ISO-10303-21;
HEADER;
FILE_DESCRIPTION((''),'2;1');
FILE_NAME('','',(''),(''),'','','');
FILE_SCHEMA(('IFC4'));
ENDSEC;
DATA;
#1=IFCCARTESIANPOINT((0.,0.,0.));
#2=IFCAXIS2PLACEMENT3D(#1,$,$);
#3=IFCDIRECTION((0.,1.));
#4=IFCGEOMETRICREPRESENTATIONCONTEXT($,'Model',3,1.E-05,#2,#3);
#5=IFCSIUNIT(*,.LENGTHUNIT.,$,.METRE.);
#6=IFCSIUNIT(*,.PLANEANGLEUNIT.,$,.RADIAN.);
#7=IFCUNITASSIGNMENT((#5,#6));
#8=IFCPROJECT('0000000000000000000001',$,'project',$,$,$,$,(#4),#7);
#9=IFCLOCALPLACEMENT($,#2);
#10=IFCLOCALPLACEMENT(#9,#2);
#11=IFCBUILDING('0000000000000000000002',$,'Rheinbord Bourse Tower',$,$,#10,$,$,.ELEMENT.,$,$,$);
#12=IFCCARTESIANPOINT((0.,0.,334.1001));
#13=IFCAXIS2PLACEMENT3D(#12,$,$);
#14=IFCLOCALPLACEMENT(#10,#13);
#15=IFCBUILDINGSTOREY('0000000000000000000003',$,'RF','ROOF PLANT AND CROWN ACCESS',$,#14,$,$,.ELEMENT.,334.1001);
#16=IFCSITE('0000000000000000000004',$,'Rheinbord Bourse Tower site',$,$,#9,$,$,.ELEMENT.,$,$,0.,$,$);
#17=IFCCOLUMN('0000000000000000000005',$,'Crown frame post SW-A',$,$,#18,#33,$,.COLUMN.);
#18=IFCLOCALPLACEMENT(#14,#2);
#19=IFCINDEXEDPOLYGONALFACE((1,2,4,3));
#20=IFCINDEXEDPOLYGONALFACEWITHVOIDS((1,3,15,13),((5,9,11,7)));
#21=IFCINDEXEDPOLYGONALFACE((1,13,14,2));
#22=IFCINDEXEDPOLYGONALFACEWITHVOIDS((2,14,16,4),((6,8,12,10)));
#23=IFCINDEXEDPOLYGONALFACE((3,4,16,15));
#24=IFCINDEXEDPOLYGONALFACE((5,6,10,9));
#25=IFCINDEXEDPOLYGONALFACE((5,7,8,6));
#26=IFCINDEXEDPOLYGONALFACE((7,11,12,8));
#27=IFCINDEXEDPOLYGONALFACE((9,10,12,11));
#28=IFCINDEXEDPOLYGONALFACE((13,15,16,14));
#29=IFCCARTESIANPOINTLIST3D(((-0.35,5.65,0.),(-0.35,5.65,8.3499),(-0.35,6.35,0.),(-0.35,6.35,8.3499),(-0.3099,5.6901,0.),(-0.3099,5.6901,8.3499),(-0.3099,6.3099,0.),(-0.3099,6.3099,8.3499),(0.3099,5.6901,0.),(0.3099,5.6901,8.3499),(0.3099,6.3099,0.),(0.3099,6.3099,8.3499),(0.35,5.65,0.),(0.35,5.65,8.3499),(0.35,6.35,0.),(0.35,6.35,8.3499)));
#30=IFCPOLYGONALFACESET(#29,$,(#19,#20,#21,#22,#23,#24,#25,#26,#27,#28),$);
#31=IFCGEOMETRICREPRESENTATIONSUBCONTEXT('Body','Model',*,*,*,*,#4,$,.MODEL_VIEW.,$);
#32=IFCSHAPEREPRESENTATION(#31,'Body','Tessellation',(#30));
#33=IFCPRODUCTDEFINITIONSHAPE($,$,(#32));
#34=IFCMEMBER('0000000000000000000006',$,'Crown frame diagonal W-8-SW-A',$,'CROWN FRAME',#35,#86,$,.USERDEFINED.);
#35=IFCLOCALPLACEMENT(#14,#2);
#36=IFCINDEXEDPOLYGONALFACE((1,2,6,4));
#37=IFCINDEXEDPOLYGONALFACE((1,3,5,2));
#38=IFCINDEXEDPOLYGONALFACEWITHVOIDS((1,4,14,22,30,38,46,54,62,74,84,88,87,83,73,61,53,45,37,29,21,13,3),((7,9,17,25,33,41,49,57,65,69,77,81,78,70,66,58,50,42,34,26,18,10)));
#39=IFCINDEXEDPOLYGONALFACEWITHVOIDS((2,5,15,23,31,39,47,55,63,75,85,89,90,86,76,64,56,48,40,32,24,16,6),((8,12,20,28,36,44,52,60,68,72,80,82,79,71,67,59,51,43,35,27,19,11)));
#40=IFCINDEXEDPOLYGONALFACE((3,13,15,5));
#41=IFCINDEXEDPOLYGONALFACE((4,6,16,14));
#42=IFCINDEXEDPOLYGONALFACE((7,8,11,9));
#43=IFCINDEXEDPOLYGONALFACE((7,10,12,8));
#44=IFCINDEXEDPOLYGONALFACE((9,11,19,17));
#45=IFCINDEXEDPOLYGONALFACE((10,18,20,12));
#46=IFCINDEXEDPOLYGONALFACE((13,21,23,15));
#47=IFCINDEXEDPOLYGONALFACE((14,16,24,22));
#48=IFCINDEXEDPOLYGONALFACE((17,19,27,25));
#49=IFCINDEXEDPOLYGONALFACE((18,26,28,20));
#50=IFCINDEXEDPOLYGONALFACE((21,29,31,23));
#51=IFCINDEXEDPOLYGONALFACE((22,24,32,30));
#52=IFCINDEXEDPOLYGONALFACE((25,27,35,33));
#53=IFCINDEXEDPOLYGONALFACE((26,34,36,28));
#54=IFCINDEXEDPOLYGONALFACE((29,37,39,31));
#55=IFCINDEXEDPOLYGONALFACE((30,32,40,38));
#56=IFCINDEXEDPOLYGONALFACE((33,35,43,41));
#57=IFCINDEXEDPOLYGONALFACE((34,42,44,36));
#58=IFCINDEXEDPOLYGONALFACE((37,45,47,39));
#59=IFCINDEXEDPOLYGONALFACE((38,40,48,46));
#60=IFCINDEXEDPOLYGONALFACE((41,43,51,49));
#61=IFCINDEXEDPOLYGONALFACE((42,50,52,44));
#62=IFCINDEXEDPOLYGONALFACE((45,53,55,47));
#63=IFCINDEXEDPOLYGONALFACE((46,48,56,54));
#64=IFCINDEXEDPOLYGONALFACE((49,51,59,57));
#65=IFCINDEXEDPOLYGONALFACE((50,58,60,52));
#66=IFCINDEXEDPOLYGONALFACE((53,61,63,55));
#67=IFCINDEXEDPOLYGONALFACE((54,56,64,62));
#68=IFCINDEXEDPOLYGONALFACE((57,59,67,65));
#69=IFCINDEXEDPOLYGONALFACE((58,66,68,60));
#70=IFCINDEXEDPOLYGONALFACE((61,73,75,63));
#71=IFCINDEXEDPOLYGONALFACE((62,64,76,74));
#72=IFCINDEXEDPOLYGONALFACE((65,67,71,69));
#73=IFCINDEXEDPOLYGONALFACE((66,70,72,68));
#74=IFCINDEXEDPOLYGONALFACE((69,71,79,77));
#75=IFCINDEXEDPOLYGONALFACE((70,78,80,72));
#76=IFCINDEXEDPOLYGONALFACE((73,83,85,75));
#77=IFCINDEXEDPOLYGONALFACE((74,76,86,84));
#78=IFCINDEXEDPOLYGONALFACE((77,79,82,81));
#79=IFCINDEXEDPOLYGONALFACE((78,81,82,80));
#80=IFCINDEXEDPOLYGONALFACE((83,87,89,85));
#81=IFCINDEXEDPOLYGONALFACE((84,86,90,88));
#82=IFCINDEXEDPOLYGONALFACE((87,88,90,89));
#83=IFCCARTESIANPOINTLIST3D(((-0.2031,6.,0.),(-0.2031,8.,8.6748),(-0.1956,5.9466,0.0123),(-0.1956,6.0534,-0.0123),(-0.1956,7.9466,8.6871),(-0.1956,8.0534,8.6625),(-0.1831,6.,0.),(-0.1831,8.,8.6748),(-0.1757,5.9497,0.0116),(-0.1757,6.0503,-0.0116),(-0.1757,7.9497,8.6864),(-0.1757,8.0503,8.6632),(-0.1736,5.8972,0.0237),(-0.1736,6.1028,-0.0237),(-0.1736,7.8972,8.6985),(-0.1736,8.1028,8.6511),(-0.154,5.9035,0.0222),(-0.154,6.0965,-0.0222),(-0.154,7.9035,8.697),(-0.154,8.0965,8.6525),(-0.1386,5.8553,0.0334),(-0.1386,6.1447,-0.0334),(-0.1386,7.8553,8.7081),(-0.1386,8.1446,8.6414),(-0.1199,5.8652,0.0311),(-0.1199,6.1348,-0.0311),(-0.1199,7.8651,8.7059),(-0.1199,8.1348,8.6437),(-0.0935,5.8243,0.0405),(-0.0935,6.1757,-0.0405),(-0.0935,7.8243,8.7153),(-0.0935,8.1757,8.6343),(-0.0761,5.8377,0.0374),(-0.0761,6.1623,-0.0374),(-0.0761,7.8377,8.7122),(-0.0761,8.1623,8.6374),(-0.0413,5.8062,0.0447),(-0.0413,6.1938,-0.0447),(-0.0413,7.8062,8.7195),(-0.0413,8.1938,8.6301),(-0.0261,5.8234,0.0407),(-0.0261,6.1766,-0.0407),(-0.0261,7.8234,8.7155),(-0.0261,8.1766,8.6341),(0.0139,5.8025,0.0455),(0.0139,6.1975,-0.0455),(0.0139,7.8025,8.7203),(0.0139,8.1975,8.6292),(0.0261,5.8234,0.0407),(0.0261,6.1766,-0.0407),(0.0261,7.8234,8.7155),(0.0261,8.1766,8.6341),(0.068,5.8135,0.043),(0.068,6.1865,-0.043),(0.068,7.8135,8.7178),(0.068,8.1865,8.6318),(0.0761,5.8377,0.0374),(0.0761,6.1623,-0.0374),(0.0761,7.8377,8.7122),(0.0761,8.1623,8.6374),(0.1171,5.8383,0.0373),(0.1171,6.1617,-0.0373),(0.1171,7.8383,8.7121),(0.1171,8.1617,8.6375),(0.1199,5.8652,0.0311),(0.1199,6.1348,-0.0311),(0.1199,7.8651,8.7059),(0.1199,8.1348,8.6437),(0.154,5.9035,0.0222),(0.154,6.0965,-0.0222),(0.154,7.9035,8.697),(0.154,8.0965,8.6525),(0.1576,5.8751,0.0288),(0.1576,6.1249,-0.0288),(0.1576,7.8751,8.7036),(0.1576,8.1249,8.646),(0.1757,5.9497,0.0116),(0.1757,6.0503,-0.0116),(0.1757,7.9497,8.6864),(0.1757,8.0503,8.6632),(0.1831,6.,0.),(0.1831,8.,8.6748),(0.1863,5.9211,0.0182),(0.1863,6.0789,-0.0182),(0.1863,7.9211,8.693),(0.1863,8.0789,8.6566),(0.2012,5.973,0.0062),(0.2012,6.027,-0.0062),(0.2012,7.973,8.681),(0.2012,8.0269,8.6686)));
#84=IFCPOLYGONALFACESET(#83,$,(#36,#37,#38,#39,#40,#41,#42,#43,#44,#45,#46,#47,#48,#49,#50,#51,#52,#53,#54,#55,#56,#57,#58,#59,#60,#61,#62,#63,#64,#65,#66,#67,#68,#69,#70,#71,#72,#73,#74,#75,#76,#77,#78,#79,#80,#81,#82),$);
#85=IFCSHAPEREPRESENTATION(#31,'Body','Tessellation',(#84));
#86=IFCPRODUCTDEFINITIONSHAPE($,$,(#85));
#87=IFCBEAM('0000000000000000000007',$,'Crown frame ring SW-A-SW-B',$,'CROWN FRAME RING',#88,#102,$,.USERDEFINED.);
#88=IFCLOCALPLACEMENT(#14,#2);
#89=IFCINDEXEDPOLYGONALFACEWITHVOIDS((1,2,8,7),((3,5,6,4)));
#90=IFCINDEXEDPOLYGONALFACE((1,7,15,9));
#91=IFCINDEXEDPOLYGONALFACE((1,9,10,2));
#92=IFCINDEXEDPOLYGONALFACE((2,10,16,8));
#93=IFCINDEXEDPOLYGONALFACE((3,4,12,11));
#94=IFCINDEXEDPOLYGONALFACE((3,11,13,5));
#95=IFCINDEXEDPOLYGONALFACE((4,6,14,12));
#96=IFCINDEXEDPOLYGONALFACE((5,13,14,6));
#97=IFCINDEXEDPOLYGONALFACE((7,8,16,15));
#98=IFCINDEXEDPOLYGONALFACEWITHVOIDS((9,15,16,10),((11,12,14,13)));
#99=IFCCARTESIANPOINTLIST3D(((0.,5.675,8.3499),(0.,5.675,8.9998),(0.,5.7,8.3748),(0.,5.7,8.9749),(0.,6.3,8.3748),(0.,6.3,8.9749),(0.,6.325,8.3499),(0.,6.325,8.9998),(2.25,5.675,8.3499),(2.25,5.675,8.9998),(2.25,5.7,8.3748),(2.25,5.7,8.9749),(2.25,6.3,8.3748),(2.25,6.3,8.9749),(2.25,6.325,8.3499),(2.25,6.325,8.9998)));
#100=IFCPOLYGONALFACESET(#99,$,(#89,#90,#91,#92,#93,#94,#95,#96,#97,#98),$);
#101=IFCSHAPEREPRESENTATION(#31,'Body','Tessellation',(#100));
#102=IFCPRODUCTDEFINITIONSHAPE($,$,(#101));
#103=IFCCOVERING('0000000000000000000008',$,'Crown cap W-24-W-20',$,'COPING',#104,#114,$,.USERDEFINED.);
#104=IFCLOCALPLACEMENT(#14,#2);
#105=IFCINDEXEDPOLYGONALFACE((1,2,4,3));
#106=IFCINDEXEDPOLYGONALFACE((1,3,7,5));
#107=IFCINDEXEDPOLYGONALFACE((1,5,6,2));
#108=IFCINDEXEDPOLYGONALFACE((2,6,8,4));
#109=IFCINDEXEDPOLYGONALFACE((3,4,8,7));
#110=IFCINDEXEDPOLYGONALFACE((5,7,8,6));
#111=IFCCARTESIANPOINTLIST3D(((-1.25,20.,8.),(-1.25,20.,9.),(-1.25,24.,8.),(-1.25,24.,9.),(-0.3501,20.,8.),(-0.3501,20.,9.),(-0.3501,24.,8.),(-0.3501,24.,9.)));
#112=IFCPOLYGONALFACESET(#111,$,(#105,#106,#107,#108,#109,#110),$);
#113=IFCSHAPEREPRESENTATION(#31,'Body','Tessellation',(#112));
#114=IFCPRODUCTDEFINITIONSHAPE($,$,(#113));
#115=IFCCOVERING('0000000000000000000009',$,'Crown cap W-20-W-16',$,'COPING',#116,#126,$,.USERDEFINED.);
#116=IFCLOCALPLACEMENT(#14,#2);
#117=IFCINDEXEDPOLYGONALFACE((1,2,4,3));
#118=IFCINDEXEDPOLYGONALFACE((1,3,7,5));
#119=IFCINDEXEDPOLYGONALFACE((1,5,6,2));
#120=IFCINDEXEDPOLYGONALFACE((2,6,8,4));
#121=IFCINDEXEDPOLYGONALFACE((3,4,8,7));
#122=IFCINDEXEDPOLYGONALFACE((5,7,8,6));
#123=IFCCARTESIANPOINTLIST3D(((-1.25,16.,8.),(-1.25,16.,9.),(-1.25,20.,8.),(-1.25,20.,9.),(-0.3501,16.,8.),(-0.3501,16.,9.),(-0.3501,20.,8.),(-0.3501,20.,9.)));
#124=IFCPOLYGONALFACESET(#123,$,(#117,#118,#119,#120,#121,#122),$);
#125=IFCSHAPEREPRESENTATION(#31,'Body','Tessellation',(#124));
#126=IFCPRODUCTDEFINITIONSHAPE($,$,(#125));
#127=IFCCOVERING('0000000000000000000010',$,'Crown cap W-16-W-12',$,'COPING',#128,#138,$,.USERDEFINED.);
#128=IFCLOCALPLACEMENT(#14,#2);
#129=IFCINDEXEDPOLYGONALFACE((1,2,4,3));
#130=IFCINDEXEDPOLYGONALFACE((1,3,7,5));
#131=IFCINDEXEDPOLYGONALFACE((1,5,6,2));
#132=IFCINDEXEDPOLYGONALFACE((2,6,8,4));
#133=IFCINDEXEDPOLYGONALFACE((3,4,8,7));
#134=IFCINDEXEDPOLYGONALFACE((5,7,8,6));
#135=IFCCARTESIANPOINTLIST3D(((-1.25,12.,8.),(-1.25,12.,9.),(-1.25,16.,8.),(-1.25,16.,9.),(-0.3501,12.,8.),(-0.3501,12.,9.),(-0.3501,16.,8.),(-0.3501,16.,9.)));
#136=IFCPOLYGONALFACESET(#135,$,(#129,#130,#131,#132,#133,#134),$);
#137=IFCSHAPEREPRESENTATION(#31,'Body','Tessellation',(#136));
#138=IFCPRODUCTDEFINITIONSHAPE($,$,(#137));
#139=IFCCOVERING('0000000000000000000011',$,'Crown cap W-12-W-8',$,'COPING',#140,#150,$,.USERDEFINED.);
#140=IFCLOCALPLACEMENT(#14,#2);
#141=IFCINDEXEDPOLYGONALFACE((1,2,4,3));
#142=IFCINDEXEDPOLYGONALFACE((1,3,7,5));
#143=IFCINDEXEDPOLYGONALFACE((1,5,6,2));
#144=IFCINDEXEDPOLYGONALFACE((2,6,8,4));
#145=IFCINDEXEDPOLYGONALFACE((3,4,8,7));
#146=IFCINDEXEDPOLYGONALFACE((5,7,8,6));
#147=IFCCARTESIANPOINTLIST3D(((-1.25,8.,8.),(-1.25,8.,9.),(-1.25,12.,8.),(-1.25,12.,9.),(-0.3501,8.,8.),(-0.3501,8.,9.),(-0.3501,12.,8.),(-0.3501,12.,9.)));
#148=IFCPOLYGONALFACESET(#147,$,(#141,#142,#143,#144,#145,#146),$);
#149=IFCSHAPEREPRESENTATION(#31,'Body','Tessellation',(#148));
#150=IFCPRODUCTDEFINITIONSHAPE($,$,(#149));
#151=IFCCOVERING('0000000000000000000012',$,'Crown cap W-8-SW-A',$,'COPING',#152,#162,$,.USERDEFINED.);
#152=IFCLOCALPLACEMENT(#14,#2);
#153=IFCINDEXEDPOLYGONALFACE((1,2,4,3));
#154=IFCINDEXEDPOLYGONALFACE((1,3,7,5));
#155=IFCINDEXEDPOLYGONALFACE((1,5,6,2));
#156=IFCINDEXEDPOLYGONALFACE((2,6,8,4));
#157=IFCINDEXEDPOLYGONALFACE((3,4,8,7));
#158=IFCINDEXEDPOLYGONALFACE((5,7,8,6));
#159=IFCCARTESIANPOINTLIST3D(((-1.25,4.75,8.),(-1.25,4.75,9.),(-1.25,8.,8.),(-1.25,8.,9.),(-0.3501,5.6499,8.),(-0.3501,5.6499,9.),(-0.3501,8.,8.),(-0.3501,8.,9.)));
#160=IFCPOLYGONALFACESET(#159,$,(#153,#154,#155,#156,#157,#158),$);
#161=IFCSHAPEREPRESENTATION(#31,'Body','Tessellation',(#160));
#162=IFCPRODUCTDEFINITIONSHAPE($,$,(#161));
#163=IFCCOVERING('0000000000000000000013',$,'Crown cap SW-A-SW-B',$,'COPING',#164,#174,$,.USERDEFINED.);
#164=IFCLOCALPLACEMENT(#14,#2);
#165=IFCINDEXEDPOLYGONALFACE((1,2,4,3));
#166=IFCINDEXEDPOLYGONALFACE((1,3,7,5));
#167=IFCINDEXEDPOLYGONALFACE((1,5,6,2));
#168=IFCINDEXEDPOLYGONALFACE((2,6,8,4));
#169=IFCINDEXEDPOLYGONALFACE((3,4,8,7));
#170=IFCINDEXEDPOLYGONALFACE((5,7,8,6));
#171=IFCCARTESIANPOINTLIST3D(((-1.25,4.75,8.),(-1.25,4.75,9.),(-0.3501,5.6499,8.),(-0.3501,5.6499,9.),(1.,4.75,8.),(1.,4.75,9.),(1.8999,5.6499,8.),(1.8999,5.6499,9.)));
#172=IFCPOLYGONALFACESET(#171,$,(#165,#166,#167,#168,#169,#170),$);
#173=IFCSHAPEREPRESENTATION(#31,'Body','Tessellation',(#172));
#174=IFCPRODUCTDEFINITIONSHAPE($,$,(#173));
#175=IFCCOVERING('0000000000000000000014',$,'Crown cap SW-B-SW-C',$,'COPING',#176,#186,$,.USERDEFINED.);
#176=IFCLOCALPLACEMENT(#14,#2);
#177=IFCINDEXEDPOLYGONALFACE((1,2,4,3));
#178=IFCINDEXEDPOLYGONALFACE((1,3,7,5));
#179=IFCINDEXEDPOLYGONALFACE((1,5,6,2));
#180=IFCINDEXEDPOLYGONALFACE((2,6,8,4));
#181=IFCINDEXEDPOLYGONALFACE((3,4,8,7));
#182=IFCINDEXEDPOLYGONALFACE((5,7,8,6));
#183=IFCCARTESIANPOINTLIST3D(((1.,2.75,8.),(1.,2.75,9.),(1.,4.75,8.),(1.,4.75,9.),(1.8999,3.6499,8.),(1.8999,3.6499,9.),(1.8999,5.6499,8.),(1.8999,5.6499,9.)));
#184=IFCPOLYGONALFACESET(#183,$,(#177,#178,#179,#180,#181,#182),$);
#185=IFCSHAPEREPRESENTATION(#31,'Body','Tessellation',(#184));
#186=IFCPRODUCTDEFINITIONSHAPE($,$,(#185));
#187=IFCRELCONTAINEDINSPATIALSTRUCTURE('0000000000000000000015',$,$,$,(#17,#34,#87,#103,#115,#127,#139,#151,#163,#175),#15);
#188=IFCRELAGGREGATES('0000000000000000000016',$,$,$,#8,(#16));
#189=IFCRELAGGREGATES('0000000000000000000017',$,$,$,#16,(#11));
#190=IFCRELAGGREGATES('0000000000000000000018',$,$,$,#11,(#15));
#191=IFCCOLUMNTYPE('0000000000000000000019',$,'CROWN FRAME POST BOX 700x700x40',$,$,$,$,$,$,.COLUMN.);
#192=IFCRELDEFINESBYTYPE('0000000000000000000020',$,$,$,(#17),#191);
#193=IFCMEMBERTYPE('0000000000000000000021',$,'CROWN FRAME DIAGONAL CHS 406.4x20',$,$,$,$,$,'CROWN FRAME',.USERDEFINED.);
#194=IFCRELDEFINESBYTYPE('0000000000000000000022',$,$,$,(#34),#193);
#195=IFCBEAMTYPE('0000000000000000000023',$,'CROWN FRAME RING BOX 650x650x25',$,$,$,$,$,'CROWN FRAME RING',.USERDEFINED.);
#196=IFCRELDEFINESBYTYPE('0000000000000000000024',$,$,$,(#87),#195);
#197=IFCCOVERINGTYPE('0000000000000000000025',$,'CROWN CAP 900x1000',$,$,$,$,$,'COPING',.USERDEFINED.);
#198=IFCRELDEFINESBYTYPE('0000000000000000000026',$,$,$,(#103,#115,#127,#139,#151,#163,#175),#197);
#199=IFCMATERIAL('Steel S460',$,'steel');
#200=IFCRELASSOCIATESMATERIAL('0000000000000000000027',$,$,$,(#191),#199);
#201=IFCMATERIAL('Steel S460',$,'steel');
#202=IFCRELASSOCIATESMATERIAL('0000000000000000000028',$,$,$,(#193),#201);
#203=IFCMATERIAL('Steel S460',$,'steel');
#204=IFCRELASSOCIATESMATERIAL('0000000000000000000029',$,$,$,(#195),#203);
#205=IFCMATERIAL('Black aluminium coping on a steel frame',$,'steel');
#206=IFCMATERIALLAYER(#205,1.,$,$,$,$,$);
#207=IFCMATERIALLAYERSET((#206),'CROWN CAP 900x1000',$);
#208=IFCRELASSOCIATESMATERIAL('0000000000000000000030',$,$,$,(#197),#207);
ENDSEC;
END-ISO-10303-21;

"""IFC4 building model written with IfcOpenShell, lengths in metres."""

from ifc_helpers import new_model, si_unit, direction, frame, origin, origin_2d, place, context, subcontext, project, spatial, polyline, hollow_rectangle, hollow_circle, outline, extrude, material, layer, layer_set, material_profile, profile_set, type_object, element, save


model = new_model("IFC4")

# Units and contexts
model_context = context("Model", 3, precision=1e-05, world=origin(), true_north=direction((0.0, 1.0)))
body_context = subcontext(model_context, "Body", "Model", "MODEL_VIEW")
ifc_project = project(units=[si_unit("LENGTHUNIT", "METRE"), si_unit("PLANEANGLEUNIT", "RADIAN")], contexts=[model_context])

# Site, building, storey
site_placement = place(None, origin())
site = spatial("IfcSite", under=ifc_project, at=site_placement, Name="Rheinbord Bourse Tower site", CompositionType="ELEMENT", RefElevation=0.0)
building_placement = place(site_placement, origin())
building = spatial("IfcBuilding", under=site, at=building_placement, Name="Rheinbord Bourse Tower", CompositionType="ELEMENT")
storey_placement = place(building_placement, frame((0.0, 0.0, 334.1001)))
storey = spatial("IfcBuildingStorey", under=building, at=storey_placement, Name="RF", Description="ROOF PLANT AND CROWN ACCESS", CompositionType="ELEMENT", Elevation=334.1001)

# Column
ifc_material_1 = material(Name="Steel S460", Category="steel")
ifc_material_profile_1 = material_profile(ifc_material_1, hollow_rectangle(XDim=0.7, YDim=0.7, WallThickness=0.04, at=origin_2d()), Name="BOX 700x700x40")
ifc_profile_set_1 = profile_set([ifc_material_profile_1], Name="Steel S460")
column_type = type_object("IfcColumnType", Name="CROWN FRAME POST BOX 700x700x40", PredefinedType="COLUMN", material=ifc_profile_set_1)
column_placement = place(storey_placement, frame((0.0, 6.0, 0.0), z_axis=(0.0, 0.0, 1.0), x_axis=(1.0, 0.0, 0.0)))
element("IfcColumn", 1, at=column_placement, inside=storey, type_object=column_type, Name="Crown frame post SW-A", PredefinedType="COLUMN", context=body_context, shape_type="SweptSolid", body=[
    extrude(hollow_rectangle(XDim=0.7, YDim=0.7, WallThickness=0.04, at=origin_2d()), origin(), (0.0, 0.0, 1.0), 8.3499),
])

# Member
ifc_material_2 = material(Name="Steel S460", Category="steel")
ifc_material_profile_2 = material_profile(ifc_material_2, hollow_circle(Radius=0.2031, WallThickness=0.02, at=origin_2d()), Name="CHS 406.4x20")
ifc_profile_set_2 = profile_set([ifc_material_profile_2], Name="Steel S460")
member_type = type_object("IfcMemberType", Name="CROWN FRAME DIAGONAL CHS 406.4x20", ElementType="CROWN FRAME", PredefinedType="USERDEFINED", material=ifc_profile_set_2)
member_placement = place(storey_placement, frame((0.0, 6.0, 0.0), z_axis=(0.0, 0.224659, 0.974437), x_axis=(-1.0, 0.0, 0.0)))
element("IfcMember", 2, at=member_placement, inside=storey, type_object=member_type, Name="Crown frame diagonal W-8-SW-A", ObjectType="CROWN FRAME", PredefinedType="USERDEFINED", context=body_context, shape_type="SweptSolid", body=[
    extrude(hollow_circle(Radius=0.2031, WallThickness=0.02, at=origin_2d()), origin(), (0.0, 0.0, 1.0), 8.9023),
])

# Beam
ifc_material_3 = material(Name="Steel S460", Category="steel")
ifc_material_profile_3 = material_profile(ifc_material_3, hollow_rectangle(XDim=0.6499, YDim=0.6499, WallThickness=0.0249, at=origin_2d()), Name="BOX 650x650x25")
ifc_profile_set_3 = profile_set([ifc_material_profile_3], Name="Steel S460")
beam_type = type_object("IfcBeamType", Name="CROWN FRAME RING BOX 650x650x25", ElementType="CROWN FRAME RING", PredefinedType="USERDEFINED", material=ifc_profile_set_3)
beam_placement = place(storey_placement, frame((0.0, 6.0, 8.6748), z_axis=(1.0, 0.0, 0.0), x_axis=(0.0, 1.0, 0.0)))
element("IfcBeam", 3, at=beam_placement, inside=storey, type_object=beam_type, Name="Crown frame ring SW-A-SW-B", ObjectType="CROWN FRAME RING", PredefinedType="USERDEFINED", context=body_context, shape_type="SweptSolid", body=[
    extrude(hollow_rectangle(XDim=0.6499, YDim=0.6499, WallThickness=0.0249, at=origin_2d()), origin(), (0.0, 0.0, 1.0), 2.25),
])

# Coverings
ifc_material_4 = material(Name="Black aluminium coping on a steel frame", Category="steel")
ifc_layer_1 = layer(ifc_material_4, 1.0)
ifc_layer_set_1 = layer_set([ifc_layer_1], Name="CROWN CAP 900x1000")
covering_type_1 = type_object("IfcCoveringType", Name="CROWN CAP 900x1000", ElementType="COPING", PredefinedType="USERDEFINED", material=ifc_layer_set_1)
covering_1_placement = place(storey_placement, frame((0.0, 0.0, 8.0)))
element("IfcCovering", 4, at=covering_1_placement, inside=storey, type_object=covering_type_1, Name="Crown cap W-24-W-20", ObjectType="COPING", PredefinedType="USERDEFINED", context=body_context, shape_type="SweptSolid", body=[
    extrude(outline(polyline([(-0.3501, 24.0), (-0.3501, 20.0), (-1.25, 20.0), (-1.25, 24.0), (-0.3501, 24.0)])), origin(), (0.0, 0.0, 1.0), 1.0),
])
covering_2_placement = place(storey_placement, frame((0.0, 0.0, 8.0)))
element("IfcCovering", 5, at=covering_2_placement, inside=storey, type_object=covering_type_1, Name="Crown cap W-20-W-16", ObjectType="COPING", PredefinedType="USERDEFINED", context=body_context, shape_type="SweptSolid", body=[
    extrude(outline(polyline([(-0.3501, 20.0), (-0.3501, 16.0), (-1.25, 16.0), (-1.25, 20.0), (-0.3501, 20.0)])), origin(), (0.0, 0.0, 1.0), 1.0),
])
covering_3_placement = place(storey_placement, frame((0.0, 0.0, 8.0)))
element("IfcCovering", 6, at=covering_3_placement, inside=storey, type_object=covering_type_1, Name="Crown cap W-16-W-12", ObjectType="COPING", PredefinedType="USERDEFINED", context=body_context, shape_type="SweptSolid", body=[
    extrude(outline(polyline([(-0.3501, 16.0), (-0.3501, 12.0), (-1.25, 12.0), (-1.25, 16.0), (-0.3501, 16.0)])), origin(), (0.0, 0.0, 1.0), 1.0),
])
covering_4_placement = place(storey_placement, frame((0.0, 0.0, 8.0)))
element("IfcCovering", 7, at=covering_4_placement, inside=storey, type_object=covering_type_1, Name="Crown cap W-12-W-8", ObjectType="COPING", PredefinedType="USERDEFINED", context=body_context, shape_type="SweptSolid", body=[
    extrude(outline(polyline([(-0.3501, 12.0), (-0.3501, 8.0), (-1.25, 8.0), (-1.25, 12.0), (-0.3501, 12.0)])), origin(), (0.0, 0.0, 1.0), 1.0),
])
covering_5_placement = place(storey_placement, frame((0.0, 0.0, 8.0)))
element("IfcCovering", 8, at=covering_5_placement, inside=storey, type_object=covering_type_1, Name="Crown cap W-8-SW-A", ObjectType="COPING", PredefinedType="USERDEFINED", context=body_context, shape_type="SweptSolid", body=[
    extrude(outline(polyline([(-0.3501, 8.0), (-0.3501, 5.6499), (-1.25, 4.75), (-1.25, 8.0), (-0.3501, 8.0)])), origin(), (0.0, 0.0, 1.0), 1.0),
])
covering_6_placement = place(storey_placement, frame((0.0, 0.0, 8.0)))
element("IfcCovering", 9, at=covering_6_placement, inside=storey, type_object=covering_type_1, Name="Crown cap SW-A-SW-B", ObjectType="COPING", PredefinedType="USERDEFINED", context=body_context, shape_type="SweptSolid", body=[
    extrude(outline(polyline([(-0.3501, 5.6499), (1.8999, 5.6499), (1.0, 4.75), (-1.25, 4.75), (-0.3501, 5.6499)])), origin(), (0.0, 0.0, 1.0), 1.0),
])
covering_7_placement = place(storey_placement, frame((0.0, 0.0, 8.0)))
element("IfcCovering", 10, at=covering_7_placement, inside=storey, type_object=covering_type_1, Name="Crown cap SW-B-SW-C", ObjectType="COPING", PredefinedType="USERDEFINED", context=body_context, shape_type="SweptSolid", body=[
    extrude(outline(polyline([(1.8999, 5.6499), (1.8999, 3.6499), (1.0, 2.75), (1.0, 4.75), (1.8999, 5.6499)])), origin(), (0.0, 0.0, 1.0), 1.0),
])

save(model, "model.ifc")
